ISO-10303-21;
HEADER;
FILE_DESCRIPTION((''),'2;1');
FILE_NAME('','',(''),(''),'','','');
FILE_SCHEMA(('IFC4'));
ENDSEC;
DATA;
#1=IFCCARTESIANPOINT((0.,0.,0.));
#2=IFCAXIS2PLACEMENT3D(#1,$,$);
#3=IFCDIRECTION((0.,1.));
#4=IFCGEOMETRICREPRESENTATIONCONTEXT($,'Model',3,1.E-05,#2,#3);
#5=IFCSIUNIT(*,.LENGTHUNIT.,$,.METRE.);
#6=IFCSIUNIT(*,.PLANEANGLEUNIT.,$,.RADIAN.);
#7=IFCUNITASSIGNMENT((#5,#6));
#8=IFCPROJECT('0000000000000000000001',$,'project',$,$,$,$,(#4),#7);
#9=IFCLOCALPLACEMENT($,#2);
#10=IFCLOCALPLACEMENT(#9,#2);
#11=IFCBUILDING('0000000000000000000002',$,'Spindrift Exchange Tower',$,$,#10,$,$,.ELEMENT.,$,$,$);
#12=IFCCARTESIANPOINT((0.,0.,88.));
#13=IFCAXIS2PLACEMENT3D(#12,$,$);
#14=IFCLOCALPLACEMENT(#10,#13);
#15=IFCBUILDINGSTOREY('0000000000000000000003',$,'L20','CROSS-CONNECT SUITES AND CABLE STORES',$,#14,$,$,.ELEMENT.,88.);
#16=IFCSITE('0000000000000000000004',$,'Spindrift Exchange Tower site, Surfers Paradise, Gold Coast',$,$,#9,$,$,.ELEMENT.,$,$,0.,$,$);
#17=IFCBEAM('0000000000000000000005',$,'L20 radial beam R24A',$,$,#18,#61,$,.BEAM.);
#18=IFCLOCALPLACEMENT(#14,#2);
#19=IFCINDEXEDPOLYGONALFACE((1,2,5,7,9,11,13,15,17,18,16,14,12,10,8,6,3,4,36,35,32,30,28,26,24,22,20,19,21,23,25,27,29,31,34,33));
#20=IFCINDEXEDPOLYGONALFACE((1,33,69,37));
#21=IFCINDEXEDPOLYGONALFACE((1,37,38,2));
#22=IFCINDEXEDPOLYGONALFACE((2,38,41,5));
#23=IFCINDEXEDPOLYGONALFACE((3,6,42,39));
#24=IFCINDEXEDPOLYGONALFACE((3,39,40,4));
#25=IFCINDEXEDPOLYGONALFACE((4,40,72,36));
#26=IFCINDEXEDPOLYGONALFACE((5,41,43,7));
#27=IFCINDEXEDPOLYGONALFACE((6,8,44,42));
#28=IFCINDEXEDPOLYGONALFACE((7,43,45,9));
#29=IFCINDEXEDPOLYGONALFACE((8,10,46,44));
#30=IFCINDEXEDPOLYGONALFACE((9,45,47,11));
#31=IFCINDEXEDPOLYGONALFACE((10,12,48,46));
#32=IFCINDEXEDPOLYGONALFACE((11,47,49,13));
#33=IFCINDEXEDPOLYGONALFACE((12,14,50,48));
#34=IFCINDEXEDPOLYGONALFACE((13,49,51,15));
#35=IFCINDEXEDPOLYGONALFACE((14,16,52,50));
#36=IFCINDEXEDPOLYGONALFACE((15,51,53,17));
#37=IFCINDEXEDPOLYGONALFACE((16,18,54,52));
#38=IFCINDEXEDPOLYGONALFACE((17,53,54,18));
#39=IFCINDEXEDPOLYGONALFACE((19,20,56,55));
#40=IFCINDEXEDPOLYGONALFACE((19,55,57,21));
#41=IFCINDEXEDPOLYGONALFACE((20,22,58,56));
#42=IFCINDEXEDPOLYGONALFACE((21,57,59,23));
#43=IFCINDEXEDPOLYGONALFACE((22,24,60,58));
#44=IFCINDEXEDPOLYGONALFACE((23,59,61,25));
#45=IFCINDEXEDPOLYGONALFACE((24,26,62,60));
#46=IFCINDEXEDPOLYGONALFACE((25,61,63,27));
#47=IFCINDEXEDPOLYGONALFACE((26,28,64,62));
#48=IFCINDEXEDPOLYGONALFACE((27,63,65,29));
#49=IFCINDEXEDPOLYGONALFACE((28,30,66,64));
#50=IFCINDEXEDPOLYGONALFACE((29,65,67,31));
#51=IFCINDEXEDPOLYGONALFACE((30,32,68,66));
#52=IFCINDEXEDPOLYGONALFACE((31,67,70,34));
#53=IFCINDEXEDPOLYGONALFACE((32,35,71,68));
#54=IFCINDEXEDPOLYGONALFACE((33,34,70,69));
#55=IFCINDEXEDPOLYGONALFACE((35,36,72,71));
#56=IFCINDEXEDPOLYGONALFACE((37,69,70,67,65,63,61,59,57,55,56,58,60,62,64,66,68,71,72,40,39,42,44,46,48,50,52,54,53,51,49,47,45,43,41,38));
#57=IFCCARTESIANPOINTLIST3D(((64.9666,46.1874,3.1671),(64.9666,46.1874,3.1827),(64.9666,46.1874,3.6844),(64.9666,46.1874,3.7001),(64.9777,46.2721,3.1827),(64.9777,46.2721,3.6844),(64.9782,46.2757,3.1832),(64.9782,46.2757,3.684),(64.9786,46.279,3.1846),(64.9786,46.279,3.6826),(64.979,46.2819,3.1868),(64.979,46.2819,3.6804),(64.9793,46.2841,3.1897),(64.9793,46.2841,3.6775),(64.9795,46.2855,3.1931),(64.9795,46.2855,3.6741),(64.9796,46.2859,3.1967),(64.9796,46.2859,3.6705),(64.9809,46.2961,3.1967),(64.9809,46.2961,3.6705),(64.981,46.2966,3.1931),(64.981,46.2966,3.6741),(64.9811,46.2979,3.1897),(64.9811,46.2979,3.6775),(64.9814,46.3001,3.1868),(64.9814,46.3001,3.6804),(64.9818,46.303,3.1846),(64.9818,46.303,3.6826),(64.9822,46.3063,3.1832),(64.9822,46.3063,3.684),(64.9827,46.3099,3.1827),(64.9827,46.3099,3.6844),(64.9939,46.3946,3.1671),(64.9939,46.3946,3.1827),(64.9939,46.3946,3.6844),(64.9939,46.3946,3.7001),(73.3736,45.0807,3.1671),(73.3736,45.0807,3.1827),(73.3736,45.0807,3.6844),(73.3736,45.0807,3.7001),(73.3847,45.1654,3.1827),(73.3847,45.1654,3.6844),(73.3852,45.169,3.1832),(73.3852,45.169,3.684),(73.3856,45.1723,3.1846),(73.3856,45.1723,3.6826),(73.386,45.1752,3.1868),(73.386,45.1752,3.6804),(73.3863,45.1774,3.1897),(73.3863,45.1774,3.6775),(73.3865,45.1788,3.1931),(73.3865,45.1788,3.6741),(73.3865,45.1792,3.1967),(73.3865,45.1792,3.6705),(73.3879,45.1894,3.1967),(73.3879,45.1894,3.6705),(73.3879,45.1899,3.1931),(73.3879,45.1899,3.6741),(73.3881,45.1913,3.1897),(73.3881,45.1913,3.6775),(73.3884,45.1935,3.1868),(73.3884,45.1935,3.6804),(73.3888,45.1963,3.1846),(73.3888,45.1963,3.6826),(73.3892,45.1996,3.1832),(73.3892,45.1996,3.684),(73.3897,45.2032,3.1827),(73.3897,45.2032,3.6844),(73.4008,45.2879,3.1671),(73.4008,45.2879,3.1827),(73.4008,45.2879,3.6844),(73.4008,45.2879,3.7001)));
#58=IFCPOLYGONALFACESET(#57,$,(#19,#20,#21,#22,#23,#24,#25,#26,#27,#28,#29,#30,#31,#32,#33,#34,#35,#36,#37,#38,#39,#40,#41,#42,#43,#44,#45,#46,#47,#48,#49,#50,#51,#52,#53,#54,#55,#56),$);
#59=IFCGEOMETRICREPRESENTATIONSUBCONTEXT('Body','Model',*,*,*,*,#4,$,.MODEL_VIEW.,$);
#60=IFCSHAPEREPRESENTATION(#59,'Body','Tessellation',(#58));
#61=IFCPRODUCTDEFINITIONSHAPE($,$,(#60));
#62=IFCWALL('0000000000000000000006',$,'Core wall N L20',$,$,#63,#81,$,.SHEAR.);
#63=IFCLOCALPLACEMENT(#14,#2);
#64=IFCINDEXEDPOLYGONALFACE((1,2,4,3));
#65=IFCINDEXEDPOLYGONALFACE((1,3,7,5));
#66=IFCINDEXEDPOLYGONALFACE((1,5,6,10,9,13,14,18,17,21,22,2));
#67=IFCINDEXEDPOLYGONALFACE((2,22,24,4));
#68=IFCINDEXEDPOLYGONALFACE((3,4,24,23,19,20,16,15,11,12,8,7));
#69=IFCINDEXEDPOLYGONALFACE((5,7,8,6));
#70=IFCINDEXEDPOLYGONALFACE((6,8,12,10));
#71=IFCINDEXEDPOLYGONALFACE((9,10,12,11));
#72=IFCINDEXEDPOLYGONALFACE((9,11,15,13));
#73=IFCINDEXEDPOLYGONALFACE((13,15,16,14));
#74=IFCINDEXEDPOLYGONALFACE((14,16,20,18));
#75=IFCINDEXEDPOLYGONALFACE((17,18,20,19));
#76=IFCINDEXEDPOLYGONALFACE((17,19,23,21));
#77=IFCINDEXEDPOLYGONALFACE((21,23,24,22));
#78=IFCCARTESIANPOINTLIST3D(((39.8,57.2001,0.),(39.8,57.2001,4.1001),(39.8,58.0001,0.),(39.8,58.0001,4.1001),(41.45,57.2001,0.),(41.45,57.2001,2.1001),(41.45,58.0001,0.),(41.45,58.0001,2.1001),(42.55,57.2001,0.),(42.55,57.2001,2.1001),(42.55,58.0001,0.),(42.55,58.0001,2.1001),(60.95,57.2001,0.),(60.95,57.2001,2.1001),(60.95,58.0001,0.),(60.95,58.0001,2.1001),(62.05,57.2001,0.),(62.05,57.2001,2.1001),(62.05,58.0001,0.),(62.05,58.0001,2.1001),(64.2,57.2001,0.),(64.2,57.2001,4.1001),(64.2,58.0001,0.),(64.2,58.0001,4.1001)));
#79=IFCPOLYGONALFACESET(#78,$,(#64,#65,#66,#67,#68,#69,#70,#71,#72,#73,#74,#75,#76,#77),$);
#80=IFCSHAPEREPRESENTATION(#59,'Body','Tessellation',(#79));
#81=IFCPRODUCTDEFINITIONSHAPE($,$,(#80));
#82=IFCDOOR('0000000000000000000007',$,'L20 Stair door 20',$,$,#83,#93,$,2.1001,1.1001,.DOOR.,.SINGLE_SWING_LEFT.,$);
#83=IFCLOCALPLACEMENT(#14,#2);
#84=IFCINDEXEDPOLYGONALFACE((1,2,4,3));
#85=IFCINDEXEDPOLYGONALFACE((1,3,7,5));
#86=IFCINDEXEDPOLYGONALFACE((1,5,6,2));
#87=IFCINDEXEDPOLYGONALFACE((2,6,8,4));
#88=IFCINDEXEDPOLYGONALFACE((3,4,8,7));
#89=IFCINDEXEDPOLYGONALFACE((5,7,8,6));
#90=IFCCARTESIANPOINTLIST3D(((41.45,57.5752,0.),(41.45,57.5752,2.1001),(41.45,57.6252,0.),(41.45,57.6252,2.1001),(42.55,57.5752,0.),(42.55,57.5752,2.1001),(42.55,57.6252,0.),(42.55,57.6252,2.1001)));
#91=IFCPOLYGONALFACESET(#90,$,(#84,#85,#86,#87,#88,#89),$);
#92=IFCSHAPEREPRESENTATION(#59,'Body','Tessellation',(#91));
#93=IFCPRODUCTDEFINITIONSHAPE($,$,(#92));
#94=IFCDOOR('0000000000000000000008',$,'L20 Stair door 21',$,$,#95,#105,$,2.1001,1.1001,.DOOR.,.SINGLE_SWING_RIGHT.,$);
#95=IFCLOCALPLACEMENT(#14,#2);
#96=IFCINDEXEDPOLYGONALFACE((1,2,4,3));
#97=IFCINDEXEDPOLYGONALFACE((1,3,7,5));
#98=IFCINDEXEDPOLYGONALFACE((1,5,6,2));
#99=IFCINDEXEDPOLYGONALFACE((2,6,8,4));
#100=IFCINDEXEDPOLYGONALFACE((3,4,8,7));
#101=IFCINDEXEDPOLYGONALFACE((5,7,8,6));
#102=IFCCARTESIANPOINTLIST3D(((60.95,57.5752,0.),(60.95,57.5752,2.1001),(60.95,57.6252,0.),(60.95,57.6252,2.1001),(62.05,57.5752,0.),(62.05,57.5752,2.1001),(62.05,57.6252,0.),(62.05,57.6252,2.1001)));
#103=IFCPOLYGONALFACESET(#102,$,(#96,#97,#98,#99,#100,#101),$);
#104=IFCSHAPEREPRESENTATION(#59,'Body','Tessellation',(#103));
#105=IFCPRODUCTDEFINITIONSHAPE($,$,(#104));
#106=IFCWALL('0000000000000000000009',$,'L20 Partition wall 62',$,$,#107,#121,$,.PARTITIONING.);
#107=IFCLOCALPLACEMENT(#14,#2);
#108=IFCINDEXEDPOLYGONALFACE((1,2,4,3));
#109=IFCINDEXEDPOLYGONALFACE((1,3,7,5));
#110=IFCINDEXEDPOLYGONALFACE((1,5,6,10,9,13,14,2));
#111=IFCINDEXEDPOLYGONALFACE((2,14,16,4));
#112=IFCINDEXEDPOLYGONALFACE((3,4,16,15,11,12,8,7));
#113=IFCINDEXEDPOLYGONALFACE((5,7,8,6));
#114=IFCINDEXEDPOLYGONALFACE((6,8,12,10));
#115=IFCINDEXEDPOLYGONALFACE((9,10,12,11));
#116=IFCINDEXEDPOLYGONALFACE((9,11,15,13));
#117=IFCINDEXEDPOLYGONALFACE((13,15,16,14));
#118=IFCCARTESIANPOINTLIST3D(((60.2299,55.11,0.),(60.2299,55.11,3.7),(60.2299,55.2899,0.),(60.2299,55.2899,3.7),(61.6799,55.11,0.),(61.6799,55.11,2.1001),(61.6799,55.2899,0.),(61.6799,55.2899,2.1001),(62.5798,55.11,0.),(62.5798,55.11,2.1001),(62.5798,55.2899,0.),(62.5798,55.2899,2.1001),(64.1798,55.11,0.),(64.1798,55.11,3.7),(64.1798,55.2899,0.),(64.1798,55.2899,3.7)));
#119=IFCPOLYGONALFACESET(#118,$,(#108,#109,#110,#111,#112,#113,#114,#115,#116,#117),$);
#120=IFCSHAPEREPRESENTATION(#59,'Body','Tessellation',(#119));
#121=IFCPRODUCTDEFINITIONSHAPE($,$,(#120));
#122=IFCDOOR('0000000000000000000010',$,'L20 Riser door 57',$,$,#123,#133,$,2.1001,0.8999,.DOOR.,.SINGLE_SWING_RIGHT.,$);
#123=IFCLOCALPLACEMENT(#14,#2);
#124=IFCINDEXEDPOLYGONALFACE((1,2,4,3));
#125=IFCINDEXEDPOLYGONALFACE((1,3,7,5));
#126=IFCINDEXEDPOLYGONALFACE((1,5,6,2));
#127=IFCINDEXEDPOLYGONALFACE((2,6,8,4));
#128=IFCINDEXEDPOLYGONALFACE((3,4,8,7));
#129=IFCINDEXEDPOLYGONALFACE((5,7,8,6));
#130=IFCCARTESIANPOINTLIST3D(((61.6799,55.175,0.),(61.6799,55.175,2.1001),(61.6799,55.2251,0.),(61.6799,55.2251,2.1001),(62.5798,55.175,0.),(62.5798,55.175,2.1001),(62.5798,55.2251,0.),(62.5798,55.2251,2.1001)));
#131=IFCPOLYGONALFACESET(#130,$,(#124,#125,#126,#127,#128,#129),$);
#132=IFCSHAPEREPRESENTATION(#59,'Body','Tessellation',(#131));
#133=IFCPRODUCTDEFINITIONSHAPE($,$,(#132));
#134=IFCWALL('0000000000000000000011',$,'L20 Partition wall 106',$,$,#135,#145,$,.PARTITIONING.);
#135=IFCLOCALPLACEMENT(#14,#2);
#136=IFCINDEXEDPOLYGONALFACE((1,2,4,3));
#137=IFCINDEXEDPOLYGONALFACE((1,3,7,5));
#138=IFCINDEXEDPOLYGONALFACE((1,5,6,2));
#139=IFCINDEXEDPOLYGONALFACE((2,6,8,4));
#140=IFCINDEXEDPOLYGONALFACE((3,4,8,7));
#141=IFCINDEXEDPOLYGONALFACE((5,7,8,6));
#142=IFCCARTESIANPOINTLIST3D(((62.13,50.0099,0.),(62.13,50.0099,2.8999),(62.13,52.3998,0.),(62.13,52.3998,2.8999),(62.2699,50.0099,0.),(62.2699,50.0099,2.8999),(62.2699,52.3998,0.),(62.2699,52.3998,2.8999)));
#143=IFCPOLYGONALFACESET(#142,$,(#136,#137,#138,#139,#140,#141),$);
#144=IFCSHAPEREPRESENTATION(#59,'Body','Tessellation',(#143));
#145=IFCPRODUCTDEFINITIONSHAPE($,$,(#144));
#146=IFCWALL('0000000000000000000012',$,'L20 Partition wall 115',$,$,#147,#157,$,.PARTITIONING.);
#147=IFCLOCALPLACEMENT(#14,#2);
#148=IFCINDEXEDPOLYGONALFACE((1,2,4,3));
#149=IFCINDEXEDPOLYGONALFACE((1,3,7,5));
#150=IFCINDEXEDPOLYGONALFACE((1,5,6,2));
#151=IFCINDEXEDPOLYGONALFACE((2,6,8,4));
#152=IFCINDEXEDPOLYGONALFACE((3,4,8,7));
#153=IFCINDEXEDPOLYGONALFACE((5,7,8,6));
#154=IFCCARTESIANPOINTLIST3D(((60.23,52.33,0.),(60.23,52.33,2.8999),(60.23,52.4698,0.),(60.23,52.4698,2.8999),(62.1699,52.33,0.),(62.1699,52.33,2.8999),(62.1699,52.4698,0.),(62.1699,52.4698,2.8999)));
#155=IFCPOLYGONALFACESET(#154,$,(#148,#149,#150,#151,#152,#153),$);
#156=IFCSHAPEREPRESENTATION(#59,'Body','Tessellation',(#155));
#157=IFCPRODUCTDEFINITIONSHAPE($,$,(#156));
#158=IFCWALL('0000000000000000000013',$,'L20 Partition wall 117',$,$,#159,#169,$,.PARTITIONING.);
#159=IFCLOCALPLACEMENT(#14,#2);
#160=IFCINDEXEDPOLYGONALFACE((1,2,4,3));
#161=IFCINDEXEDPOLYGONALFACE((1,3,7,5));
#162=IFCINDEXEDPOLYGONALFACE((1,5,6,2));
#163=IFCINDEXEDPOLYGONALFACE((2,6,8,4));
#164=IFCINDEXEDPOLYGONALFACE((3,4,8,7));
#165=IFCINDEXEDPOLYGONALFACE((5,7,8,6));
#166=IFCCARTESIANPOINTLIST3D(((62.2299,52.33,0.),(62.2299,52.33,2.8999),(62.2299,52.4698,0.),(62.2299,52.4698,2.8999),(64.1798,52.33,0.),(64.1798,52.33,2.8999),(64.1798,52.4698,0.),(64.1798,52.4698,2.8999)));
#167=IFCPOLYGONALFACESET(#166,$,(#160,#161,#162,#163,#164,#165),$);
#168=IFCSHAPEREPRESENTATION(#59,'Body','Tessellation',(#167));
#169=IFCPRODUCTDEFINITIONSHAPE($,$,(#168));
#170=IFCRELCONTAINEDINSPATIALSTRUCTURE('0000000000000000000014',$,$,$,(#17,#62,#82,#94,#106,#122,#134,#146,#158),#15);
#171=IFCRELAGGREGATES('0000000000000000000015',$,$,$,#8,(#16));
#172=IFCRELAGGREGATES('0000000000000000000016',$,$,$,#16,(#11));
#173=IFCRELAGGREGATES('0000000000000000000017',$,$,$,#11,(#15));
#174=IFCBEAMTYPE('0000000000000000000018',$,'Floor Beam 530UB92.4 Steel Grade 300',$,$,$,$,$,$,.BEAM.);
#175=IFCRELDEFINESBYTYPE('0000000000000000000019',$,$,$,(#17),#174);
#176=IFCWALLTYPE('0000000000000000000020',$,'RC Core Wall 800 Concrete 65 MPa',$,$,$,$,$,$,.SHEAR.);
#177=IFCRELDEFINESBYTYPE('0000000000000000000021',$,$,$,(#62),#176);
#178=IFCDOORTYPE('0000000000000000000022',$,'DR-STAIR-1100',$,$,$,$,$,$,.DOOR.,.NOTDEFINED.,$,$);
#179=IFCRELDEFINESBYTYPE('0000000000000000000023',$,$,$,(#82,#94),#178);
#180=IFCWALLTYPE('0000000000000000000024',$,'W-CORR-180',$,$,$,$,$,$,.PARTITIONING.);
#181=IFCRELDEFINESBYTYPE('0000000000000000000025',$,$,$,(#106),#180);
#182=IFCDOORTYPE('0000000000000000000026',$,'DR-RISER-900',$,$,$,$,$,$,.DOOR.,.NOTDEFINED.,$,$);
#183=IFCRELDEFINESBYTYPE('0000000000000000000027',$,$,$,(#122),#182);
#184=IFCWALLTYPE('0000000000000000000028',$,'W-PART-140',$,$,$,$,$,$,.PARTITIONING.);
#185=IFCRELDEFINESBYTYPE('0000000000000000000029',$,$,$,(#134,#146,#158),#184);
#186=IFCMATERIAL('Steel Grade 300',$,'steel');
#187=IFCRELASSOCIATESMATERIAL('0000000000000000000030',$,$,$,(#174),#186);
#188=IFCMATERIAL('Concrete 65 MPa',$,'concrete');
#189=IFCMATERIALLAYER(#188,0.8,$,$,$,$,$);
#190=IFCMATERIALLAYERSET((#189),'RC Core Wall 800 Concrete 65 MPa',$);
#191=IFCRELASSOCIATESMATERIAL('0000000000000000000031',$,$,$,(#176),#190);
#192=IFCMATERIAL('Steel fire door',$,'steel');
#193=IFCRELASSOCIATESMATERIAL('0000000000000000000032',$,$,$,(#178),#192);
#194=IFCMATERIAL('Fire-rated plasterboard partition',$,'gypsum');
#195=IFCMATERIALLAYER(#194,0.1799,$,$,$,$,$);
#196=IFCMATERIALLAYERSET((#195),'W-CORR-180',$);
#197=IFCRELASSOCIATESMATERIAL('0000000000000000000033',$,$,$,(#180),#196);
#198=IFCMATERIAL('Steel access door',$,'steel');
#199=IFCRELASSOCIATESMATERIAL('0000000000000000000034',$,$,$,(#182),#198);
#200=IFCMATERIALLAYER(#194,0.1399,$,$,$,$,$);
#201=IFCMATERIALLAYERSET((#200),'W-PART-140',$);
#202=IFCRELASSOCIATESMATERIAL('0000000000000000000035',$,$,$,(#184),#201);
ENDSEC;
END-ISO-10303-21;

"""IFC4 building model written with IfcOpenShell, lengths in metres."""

from ifc_helpers import new_model, si_unit, direction, frame, frame_2d, origin, origin_2d, place, context, subcontext, project, spatial, rectangle, i_section, extrude, source, transform, mapped, material, layer, layer_set, material_profile, profile_set, type_object, element, fill, save


model = new_model("IFC4")

# Units and contexts
model_context = context("Model", 3, precision=1e-05, world=origin(), true_north=direction((0.0, 1.0)))
body_context = subcontext(model_context, "Body", "Model", "MODEL_VIEW")
ifc_project = project(units=[si_unit("LENGTHUNIT", "METRE"), si_unit("PLANEANGLEUNIT", "RADIAN")], contexts=[model_context])

# Site, building, storey
site_placement = place(None, origin())
site = spatial("IfcSite", under=ifc_project, at=site_placement, Name="Spindrift Exchange Tower site, Surfers Paradise, Gold Coast", CompositionType="ELEMENT", RefElevation=0.0)
building_placement = place(site_placement, origin())
building = spatial("IfcBuilding", under=site, at=building_placement, Name="Spindrift Exchange Tower", CompositionType="ELEMENT")
storey_placement = place(building_placement, frame((0.0, 0.0, 88.0)))
storey = spatial("IfcBuildingStorey", under=building, at=storey_placement, Name="L20", Description="CROSS-CONNECT SUITES AND CABLE STORES", CompositionType="ELEMENT", Elevation=88.0)

# Beam
ifc_material_1 = material(Name="Steel Grade 300", Category="steel")
ifc_material_profile_1 = material_profile(ifc_material_1, i_section(OverallWidth=0.209, OverallDepth=0.533, WebThickness=0.0103, FlangeThickness=0.0156, FilletRadius=0.0139, at=origin_2d()), Name="530UB92.4")
ifc_profile_set_1 = profile_set([ifc_material_profile_1], Name="Steel Grade 300")
beam_type_1 = type_object("IfcBeamType", Name="Floor Beam 530UB92.4 Steel Grade 300", PredefinedType="BEAM", material=ifc_profile_set_1)
shared_shape_1 = source(origin(), body_context, "Body", "SweptSolid", [
    extrude(i_section(OverallWidth=0.209, OverallDepth=0.533, WebThickness=0.0103, FlangeThickness=0.0156, FilletRadius=0.0139, at=origin_2d()), origin(), (0.0, 0.0, 1.0), 8.4795),
])
beam_1_placement = place(storey_placement, frame((64.9802, 46.291, 3.4336), z_axis=(0.991447, -0.130513, 0.0), x_axis=(0.130513, 0.991447, 0.0)))
element("IfcBeam", 1, at=beam_1_placement, inside=storey, type_object=beam_type_1, Name="L20 radial beam R24A", PredefinedType="BEAM", context=body_context, shape_type="MappedRepresentation", body=[
    mapped(shared_shape_1, transform((0.0, 0.0, 0.0), scale=1.0)),
])

# Wall, openings, doors
ifc_material_2 = material(Name="Concrete 65 MPa", Category="concrete")
ifc_layer_1 = layer(ifc_material_2, 0.8)
ifc_layer_set_1 = layer_set([ifc_layer_1], Name="RC Core Wall 800 Concrete 65 MPa")
wall_type_1 = type_object("IfcWallType", Name="RC Core Wall 800 Concrete 65 MPa", PredefinedType="SHEAR", material=ifc_layer_set_1)
wall_1_placement = place(storey_placement, frame((64.2, 57.6001, 0.0), z_axis=(0.0, 0.0, 1.0), x_axis=(-1.0, 0.0, 0.0)))
wall_1 = element("IfcWall", 2, at=wall_1_placement, inside=storey, type_object=wall_type_1, Name="Core wall N L20", PredefinedType="SHEAR", context=body_context, shape_type="SweptSolid", body=[
    extrude(rectangle(XDim=24.3999, YDim=0.8, at=frame_2d((12.2, 0.0))), origin(), (0.0, 0.0, 1.0), 4.1001),
])
opening_1_placement = place(wall_1_placement, frame((21.6499, 0.0, 0.0)))
opening_1 = element("IfcOpeningElement", 3, at=opening_1_placement, cuts=wall_1, PredefinedType="OPENING", context=body_context, shape_type="SweptSolid", body=[
    extrude(rectangle(XDim=1.1001, YDim=2.1001, at=frame_2d((0.55, 1.05))), frame((0.0, 0.4099, 0.0), z_axis=(0.0, -1.0, 0.0), x_axis=(1.0, 0.0, 0.0)), (0.0, 0.0, 1.0), 0.8201),
])
opening_2_placement = place(wall_1_placement, frame((2.1499, 0.0, 0.0)))
opening_2 = element("IfcOpeningElement", 4, at=opening_2_placement, cuts=wall_1, PredefinedType="OPENING", context=body_context, shape_type="SweptSolid", body=[
    extrude(rectangle(XDim=1.1001, YDim=2.1001, at=frame_2d((0.55, 1.05))), frame((0.0, 0.4099, 0.0), z_axis=(0.0, -1.0, 0.0), x_axis=(1.0, 0.0, 0.0)), (0.0, 0.0, 1.0), 0.8201),
])
ifc_material_3 = material(Name="Steel fire door", Category="steel")
door_type_1 = type_object("IfcDoorType", Name="DR-STAIR-1100", OperationType="NOTDEFINED", PredefinedType="DOOR", material=ifc_material_3)
shared_shape_2 = source(origin(), body_context, "Body", "SweptSolid", [
    extrude(rectangle(XDim=1.1001, YDim=2.1001, at=frame_2d((0.55, 1.05))), frame((0.0, 0.0249, 0.0), z_axis=(0.0, -1.0, 0.0), x_axis=(1.0, 0.0, 0.0)), (0.0, 0.0, 1.0), 0.05),
])
door_1_placement = place(opening_1_placement, origin())
door_1 = element("IfcDoor", 5, at=door_1_placement, inside=storey, type_object=door_type_1, Name="L20 Stair door 20", OperationType="SINGLE_SWING_LEFT", OverallHeight=2.1001, OverallWidth=1.1001, PredefinedType="DOOR", context=body_context, shape_type="MappedRepresentation", body=[
    mapped(shared_shape_2, transform((0.0, 0.0, 0.0), scale=1.0)),
])
fill(opening_1, door_1)
door_2_placement = place(opening_2_placement, origin())
door_2 = element("IfcDoor", 6, at=door_2_placement, inside=storey, type_object=door_type_1, Name="L20 Stair door 21", OperationType="SINGLE_SWING_RIGHT", OverallHeight=2.1001, OverallWidth=1.1001, PredefinedType="DOOR", context=body_context, shape_type="MappedRepresentation", body=[
    mapped(shared_shape_2, transform((0.0, 0.0, 0.0), scale=1.0)),
])
fill(opening_2, door_2)

# Wall, opening, door
ifc_material_4 = material(Name="Fire-rated plasterboard partition", Category="gypsum")
ifc_layer_2 = layer(ifc_material_4, 0.1799)
ifc_layer_set_2 = layer_set([ifc_layer_2], Name="W-CORR-180")
wall_type_2 = type_object("IfcWallType", Name="W-CORR-180", PredefinedType="PARTITIONING", material=ifc_layer_set_2)
wall_2_placement = place(storey_placement, frame((64.1799, 55.2, 0.0), z_axis=(0.0, 0.0, 1.0), x_axis=(-1.0, 0.0, 0.0)))
wall_2 = element("IfcWall", 7, at=wall_2_placement, inside=storey, type_object=wall_type_2, Name="L20 Partition wall 62", PredefinedType="PARTITIONING", context=body_context, shape_type="SweptSolid", body=[
    extrude(rectangle(XDim=3.95, YDim=0.1799, at=frame_2d((1.9751, 0.0))), origin(), (0.0, 0.0, 1.0), 3.7),
])
opening_3_placement = place(wall_2_placement, frame((1.6001, 0.0, 0.0)))
opening_3 = element("IfcOpeningElement", 8, at=opening_3_placement, cuts=wall_2, PredefinedType="OPENING", context=body_context, shape_type="SweptSolid", body=[
    extrude(rectangle(XDim=0.8999, YDim=2.1001, at=frame_2d((0.45, 1.05))), frame((0.0, 0.0999, 0.0), z_axis=(0.0, -1.0, 0.0), x_axis=(1.0, 0.0, 0.0)), (0.0, 0.0, 1.0), 0.2),
])
ifc_material_5 = material(Name="Steel access door", Category="steel")
door_type_2 = type_object("IfcDoorType", Name="DR-RISER-900", OperationType="NOTDEFINED", PredefinedType="DOOR", material=ifc_material_5)
shared_shape_3 = source(origin(), body_context, "Body", "SweptSolid", [
    extrude(rectangle(XDim=0.8999, YDim=2.1001, at=frame_2d((0.45, 1.05))), frame((0.0, 0.0249, 0.0), z_axis=(0.0, -1.0, 0.0), x_axis=(1.0, 0.0, 0.0)), (0.0, 0.0, 1.0), 0.05),
])
door_3_placement = place(opening_3_placement, origin())
door_3 = element("IfcDoor", 9, at=door_3_placement, inside=storey, type_object=door_type_2, Name="L20 Riser door 57", OperationType="SINGLE_SWING_RIGHT", OverallHeight=2.1001, OverallWidth=0.8999, PredefinedType="DOOR", context=body_context, shape_type="MappedRepresentation", body=[
    mapped(shared_shape_3, transform((0.0, 0.0, 0.0), scale=1.0)),
])
fill(opening_3, door_3)

# Walls
ifc_layer_3 = layer(ifc_material_4, 0.1399)
ifc_layer_set_3 = layer_set([ifc_layer_3], Name="W-PART-140")
wall_type_3 = type_object("IfcWallType", Name="W-PART-140", PredefinedType="PARTITIONING", material=ifc_layer_set_3)
wall_3_placement = place(storey_placement, frame((62.2, 50.01, 0.0), z_axis=(0.0, 0.0, 1.0), x_axis=(0.0, 1.0, 0.0)))
element("IfcWall", 10, at=wall_3_placement, inside=storey, type_object=wall_type_3, Name="L20 Partition wall 106", PredefinedType="PARTITIONING", context=body_context, shape_type="SweptSolid", body=[
    extrude(rectangle(XDim=2.3899, YDim=0.1399, at=frame_2d((1.1948, 0.0))), origin(), (0.0, 0.0, 1.0), 2.8999),
])
wall_4_placement = place(storey_placement, frame((62.1699, 52.3999, 0.0), z_axis=(0.0, 0.0, 1.0), x_axis=(-1.0, 0.0, 0.0)))
element("IfcWall", 11, at=wall_4_placement, inside=storey, type_object=wall_type_3, Name="L20 Partition wall 115", PredefinedType="PARTITIONING", context=body_context, shape_type="SweptSolid", body=[
    extrude(rectangle(XDim=1.9399, YDim=0.1399, at=frame_2d((0.97, 0.0))), origin(), (0.0, 0.0, 1.0), 2.8999),
])
wall_5_placement = place(storey_placement, frame((64.1799, 52.3999, 0.0), z_axis=(0.0, 0.0, 1.0), x_axis=(-1.0, 0.0, 0.0)))
element("IfcWall", 12, at=wall_5_placement, inside=storey, type_object=wall_type_3, Name="L20 Partition wall 117", PredefinedType="PARTITIONING", context=body_context, shape_type="SweptSolid", body=[
    extrude(rectangle(XDim=1.95, YDim=0.1399, at=frame_2d((0.9751, 0.0))), origin(), (0.0, 0.0, 1.0), 2.8999),
])

save(model, "model.ifc")
